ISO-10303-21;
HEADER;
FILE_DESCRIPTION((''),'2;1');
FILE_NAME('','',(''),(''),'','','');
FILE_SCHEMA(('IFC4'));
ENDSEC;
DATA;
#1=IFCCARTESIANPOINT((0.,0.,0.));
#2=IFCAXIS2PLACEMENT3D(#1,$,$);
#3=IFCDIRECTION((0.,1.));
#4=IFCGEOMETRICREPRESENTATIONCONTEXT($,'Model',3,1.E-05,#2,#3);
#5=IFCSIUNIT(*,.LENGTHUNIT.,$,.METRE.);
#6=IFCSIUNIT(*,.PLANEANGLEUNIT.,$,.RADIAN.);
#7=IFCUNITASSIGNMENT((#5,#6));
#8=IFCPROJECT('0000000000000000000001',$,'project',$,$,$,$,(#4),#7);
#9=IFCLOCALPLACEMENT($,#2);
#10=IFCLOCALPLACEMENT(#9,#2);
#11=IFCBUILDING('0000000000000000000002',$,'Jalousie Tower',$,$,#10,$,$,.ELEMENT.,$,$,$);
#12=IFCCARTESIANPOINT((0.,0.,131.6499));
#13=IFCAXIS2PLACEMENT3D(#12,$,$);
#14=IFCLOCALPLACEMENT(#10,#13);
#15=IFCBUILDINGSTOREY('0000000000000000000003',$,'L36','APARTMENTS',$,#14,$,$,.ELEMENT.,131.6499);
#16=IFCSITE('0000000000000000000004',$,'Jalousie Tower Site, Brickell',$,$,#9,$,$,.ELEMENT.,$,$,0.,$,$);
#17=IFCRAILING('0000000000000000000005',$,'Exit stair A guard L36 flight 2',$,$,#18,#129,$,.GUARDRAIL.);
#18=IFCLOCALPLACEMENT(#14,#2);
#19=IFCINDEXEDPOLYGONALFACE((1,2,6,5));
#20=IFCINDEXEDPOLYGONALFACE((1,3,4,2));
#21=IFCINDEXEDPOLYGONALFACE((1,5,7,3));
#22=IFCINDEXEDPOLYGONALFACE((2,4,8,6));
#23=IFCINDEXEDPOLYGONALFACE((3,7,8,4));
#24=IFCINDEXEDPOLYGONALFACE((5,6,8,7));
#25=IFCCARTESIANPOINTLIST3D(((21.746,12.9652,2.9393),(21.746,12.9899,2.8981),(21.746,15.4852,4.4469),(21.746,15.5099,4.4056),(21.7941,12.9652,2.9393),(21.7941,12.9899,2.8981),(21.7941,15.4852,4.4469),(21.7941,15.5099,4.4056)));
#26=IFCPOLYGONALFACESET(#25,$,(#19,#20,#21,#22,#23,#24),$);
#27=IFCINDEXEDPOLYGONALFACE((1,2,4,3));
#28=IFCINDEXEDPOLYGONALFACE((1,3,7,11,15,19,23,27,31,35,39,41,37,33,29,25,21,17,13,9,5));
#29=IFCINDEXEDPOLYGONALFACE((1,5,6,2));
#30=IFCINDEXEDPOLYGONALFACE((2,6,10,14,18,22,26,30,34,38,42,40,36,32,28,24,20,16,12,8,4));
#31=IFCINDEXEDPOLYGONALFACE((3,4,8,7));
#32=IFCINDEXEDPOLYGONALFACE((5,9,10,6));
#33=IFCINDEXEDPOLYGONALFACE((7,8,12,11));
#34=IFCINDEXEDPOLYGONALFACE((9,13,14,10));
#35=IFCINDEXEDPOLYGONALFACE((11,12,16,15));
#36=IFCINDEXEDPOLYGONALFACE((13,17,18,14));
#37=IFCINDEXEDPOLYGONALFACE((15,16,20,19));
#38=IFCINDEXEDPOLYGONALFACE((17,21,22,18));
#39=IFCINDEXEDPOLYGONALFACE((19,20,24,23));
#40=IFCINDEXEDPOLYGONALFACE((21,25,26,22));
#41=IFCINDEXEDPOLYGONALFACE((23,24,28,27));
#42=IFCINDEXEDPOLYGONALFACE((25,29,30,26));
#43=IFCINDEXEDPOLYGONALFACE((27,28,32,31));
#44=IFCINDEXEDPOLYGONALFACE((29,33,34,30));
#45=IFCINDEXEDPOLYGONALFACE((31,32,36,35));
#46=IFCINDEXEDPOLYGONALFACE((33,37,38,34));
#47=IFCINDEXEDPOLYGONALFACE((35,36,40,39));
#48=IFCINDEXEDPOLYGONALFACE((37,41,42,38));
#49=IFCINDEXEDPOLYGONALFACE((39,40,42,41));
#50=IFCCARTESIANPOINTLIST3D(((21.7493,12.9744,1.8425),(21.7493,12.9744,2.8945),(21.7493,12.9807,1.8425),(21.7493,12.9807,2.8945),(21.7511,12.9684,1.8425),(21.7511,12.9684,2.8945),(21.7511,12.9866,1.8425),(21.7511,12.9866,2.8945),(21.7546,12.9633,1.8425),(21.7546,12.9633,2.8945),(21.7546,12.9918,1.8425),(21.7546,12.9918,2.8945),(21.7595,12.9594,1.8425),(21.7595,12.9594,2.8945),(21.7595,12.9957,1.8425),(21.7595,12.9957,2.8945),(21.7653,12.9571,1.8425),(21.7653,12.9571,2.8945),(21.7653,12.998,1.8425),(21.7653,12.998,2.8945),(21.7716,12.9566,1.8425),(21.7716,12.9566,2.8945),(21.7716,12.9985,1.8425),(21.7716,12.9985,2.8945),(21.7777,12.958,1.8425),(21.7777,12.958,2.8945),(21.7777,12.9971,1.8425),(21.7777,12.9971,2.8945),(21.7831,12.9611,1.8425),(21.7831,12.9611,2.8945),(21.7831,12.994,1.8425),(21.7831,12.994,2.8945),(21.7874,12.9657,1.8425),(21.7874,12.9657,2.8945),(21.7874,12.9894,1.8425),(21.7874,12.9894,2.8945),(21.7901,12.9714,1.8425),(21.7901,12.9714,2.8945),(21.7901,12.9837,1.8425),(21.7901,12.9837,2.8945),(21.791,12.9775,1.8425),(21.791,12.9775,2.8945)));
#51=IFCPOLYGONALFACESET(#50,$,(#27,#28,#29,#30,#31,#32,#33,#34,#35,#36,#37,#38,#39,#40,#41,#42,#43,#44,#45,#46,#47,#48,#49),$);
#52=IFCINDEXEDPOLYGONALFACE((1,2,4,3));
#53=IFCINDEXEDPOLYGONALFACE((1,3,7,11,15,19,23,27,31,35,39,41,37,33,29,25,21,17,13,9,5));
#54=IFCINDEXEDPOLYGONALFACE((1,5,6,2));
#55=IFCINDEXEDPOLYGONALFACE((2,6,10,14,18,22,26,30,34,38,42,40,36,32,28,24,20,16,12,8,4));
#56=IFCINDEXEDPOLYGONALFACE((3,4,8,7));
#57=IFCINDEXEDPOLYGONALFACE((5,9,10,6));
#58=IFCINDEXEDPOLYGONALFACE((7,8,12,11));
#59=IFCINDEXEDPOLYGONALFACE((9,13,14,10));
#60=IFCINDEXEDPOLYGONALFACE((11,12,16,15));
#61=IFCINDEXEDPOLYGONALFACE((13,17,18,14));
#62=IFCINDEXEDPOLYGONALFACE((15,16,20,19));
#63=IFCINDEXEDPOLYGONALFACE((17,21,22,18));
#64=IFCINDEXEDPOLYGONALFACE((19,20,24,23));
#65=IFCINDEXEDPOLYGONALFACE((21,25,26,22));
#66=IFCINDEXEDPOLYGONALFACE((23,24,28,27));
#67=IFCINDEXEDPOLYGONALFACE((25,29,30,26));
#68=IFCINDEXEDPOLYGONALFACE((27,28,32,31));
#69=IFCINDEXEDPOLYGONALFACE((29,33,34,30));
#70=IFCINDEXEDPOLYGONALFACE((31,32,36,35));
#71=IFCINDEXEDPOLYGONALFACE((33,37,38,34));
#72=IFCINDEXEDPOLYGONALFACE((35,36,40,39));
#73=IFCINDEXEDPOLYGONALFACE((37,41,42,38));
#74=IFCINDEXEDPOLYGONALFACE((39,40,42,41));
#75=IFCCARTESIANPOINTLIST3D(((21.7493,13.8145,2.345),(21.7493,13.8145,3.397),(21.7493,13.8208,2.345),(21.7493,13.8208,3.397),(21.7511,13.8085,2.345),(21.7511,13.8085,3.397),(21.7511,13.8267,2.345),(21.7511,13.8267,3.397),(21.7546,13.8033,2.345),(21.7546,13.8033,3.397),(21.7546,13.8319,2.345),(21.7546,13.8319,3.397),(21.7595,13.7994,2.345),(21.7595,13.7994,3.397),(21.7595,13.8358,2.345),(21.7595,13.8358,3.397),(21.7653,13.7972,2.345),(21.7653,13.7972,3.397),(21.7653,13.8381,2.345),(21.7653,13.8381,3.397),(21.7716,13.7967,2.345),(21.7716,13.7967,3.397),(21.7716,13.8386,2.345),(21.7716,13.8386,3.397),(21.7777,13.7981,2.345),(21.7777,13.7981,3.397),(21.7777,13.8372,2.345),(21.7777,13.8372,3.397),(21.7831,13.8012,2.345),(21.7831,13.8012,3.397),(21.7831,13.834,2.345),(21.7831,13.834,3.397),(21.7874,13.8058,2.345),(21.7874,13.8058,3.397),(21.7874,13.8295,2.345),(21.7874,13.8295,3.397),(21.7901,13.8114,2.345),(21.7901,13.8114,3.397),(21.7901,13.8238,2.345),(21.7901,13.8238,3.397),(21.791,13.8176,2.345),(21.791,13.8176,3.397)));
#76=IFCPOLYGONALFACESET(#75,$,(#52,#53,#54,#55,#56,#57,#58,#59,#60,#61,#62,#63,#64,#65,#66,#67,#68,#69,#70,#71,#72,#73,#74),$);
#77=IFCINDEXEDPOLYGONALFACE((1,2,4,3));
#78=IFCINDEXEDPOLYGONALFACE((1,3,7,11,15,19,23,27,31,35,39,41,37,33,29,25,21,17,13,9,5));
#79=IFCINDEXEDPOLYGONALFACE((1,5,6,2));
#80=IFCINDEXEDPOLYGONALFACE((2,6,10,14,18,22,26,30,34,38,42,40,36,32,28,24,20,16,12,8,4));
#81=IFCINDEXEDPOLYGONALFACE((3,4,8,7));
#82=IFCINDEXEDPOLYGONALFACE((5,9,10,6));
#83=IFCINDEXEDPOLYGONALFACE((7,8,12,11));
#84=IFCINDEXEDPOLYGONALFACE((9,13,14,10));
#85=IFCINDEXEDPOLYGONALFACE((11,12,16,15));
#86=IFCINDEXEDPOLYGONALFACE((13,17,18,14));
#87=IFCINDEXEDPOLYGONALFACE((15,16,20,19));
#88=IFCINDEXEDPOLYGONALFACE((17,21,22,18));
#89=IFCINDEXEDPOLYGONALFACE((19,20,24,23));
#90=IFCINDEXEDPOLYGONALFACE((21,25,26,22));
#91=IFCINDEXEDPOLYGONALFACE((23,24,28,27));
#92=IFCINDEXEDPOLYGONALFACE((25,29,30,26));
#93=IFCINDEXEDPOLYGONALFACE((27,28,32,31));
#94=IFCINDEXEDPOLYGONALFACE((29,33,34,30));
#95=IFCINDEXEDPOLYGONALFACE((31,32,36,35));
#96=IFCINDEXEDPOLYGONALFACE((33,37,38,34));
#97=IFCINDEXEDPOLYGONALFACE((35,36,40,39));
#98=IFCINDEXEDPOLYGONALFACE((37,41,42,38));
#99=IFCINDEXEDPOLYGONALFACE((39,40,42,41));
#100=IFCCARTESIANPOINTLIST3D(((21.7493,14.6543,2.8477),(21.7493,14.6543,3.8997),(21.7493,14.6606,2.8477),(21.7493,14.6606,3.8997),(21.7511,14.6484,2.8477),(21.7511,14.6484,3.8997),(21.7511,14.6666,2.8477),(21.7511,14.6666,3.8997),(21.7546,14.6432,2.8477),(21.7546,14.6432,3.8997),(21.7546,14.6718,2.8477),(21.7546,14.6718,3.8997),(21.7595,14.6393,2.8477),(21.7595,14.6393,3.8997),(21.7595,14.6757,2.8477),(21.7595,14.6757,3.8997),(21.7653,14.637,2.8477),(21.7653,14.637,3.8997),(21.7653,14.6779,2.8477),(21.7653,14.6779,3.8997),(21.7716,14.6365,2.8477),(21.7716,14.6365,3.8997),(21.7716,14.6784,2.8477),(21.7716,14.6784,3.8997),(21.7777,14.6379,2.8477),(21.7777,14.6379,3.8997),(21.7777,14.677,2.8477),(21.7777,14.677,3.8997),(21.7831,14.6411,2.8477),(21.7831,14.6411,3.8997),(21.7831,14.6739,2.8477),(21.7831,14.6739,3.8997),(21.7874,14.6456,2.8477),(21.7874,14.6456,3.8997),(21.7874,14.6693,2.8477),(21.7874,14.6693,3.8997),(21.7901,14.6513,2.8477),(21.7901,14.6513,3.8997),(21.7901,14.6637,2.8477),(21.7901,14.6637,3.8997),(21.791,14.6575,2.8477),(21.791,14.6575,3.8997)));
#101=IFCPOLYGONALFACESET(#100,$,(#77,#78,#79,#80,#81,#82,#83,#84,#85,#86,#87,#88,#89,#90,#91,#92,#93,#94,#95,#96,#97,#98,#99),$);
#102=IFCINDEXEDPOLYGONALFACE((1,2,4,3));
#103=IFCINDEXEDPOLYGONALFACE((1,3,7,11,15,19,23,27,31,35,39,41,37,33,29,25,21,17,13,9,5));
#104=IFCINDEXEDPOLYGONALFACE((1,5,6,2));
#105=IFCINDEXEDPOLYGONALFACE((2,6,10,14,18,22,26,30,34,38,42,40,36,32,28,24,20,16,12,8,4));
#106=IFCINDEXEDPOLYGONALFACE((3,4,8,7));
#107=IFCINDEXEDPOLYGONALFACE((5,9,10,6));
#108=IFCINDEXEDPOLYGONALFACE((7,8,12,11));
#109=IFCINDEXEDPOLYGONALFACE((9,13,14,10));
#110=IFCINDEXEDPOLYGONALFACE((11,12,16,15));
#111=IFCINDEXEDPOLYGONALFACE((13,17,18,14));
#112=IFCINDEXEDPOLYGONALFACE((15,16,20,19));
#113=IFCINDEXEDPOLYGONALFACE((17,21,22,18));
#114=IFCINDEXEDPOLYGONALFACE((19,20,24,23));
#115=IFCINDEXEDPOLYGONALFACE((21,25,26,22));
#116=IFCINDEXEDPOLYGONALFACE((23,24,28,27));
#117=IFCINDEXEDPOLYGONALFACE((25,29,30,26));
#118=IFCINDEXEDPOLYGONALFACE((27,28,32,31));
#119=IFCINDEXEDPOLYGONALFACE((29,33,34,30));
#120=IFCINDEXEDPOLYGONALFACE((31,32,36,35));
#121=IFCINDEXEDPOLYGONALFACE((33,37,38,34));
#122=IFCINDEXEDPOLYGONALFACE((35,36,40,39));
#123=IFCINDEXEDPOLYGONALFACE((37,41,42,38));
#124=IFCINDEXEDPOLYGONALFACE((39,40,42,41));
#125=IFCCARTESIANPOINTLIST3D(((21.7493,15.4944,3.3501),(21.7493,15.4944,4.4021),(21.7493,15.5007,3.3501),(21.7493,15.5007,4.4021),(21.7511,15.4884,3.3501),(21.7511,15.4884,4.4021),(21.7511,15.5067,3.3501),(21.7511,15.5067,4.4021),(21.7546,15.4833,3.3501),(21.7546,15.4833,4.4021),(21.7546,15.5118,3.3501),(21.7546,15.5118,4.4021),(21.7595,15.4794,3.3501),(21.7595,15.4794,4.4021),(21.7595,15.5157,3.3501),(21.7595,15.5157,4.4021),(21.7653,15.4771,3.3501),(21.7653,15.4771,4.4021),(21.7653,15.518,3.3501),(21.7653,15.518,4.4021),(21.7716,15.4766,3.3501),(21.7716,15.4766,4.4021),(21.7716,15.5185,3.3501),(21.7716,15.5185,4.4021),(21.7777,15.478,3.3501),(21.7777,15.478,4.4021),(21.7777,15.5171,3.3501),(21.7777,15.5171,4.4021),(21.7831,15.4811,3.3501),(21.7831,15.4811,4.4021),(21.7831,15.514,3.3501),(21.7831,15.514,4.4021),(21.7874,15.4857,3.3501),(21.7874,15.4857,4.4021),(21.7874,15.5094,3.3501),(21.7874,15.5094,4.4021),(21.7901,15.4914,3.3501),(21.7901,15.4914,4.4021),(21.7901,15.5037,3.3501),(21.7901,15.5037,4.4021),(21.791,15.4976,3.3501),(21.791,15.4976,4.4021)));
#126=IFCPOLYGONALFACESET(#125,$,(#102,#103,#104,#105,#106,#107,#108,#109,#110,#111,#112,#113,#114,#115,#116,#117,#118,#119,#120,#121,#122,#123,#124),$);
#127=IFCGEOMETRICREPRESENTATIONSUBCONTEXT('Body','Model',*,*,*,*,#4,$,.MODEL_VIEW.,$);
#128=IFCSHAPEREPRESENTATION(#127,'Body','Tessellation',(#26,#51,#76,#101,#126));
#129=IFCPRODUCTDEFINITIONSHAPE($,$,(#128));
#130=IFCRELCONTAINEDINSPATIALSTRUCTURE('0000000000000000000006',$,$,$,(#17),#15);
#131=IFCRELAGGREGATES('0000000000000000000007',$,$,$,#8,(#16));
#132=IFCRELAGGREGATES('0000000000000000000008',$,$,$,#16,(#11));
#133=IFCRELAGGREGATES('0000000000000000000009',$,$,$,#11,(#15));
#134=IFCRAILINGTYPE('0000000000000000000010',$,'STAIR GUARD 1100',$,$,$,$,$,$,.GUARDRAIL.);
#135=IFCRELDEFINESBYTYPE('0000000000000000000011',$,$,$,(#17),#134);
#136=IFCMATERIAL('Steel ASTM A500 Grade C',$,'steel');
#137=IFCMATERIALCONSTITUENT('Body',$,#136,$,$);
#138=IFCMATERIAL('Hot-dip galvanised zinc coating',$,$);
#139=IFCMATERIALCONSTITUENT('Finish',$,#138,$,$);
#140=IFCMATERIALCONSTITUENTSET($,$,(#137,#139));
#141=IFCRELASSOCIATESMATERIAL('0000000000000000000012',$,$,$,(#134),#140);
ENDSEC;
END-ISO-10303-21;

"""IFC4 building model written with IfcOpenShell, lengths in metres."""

from ifc_helpers import new_model, si_unit, direction, frame, origin, origin_2d, place, context, subcontext, project, spatial, rectangle, circle, extrude, material, constituent, constituent_set, type_object, element, save


model = new_model("IFC4")

# Units and contexts
model_context = context("Model", 3, precision=1e-05, world=origin(), true_north=direction((0.0, 1.0)))
body_context = subcontext(model_context, "Body", "Model", "MODEL_VIEW")
ifc_project = project(units=[si_unit("LENGTHUNIT", "METRE"), si_unit("PLANEANGLEUNIT", "RADIAN")], contexts=[model_context])

# Site, building, storey
site_placement = place(None, origin())
site = spatial("IfcSite", under=ifc_project, at=site_placement, Name="Jalousie Tower Site, Brickell", CompositionType="ELEMENT", RefElevation=0.0)
building_placement = place(site_placement, origin())
building = spatial("IfcBuilding", under=site, at=building_placement, Name="Jalousie Tower", CompositionType="ELEMENT")
storey_placement = place(building_placement, frame((0.0, 0.0, 131.6499)))
storey = spatial("IfcBuildingStorey", under=building, at=storey_placement, Name="L36", Description="APARTMENTS", CompositionType="ELEMENT", Elevation=131.6499)

# Railing
ifc_material_1 = material(Name="Steel ASTM A500 Grade C", Category="steel")
ifc_constituent_1 = constituent(ifc_material_1, Name="Body")
ifc_material_2 = material(Name="Hot-dip galvanised zinc coating")
ifc_constituent_2 = constituent(ifc_material_2, Name="Finish")
ifc_constituent_set_1 = constituent_set(constituents=[ifc_constituent_1, ifc_constituent_2])
railing_type_1 = type_object("IfcRailingType", Name="STAIR GUARD 1100", PredefinedType="GUARDRAIL", material=ifc_constituent_set_1)
railing_1_placement = place(storey_placement, frame((21.77, 12.9775, 1.8425)))
element("IfcRailing", 1, at=railing_1_placement, inside=storey, type_object=railing_type_1, Name="Exit stair A guard L36 flight 2", PredefinedType="GUARDRAIL", context=body_context, shape_type="SweptSolid", body=[
    extrude(rectangle(XDim=0.0481, YDim=0.0481, at=origin_2d()), frame((0.0, 0.0, 1.0762), z_axis=(0.0, 0.85816, 0.513383), x_axis=(-1.0, 0.0, 0.0)), (0.0, 0.0, 1.0), 2.9365),
    extrude(circle(Radius=0.021, at=origin_2d()), origin(), (0.0, 0.0, 1.0), 1.052),
    extrude(circle(Radius=0.021, at=origin_2d()), frame((0.0, 0.8401, 0.5024)), (0.0, 0.0, 1.0), 1.052),
    extrude(circle(Radius=0.021, at=origin_2d()), frame((0.0, 1.6799, 1.0051)), (0.0, 0.0, 1.0), 1.052),
    extrude(circle(Radius=0.021, at=origin_2d()), frame((0.0, 2.52, 1.5076)), (0.0, 0.0, 1.0), 1.052),
])

save(model, "model.ifc")
